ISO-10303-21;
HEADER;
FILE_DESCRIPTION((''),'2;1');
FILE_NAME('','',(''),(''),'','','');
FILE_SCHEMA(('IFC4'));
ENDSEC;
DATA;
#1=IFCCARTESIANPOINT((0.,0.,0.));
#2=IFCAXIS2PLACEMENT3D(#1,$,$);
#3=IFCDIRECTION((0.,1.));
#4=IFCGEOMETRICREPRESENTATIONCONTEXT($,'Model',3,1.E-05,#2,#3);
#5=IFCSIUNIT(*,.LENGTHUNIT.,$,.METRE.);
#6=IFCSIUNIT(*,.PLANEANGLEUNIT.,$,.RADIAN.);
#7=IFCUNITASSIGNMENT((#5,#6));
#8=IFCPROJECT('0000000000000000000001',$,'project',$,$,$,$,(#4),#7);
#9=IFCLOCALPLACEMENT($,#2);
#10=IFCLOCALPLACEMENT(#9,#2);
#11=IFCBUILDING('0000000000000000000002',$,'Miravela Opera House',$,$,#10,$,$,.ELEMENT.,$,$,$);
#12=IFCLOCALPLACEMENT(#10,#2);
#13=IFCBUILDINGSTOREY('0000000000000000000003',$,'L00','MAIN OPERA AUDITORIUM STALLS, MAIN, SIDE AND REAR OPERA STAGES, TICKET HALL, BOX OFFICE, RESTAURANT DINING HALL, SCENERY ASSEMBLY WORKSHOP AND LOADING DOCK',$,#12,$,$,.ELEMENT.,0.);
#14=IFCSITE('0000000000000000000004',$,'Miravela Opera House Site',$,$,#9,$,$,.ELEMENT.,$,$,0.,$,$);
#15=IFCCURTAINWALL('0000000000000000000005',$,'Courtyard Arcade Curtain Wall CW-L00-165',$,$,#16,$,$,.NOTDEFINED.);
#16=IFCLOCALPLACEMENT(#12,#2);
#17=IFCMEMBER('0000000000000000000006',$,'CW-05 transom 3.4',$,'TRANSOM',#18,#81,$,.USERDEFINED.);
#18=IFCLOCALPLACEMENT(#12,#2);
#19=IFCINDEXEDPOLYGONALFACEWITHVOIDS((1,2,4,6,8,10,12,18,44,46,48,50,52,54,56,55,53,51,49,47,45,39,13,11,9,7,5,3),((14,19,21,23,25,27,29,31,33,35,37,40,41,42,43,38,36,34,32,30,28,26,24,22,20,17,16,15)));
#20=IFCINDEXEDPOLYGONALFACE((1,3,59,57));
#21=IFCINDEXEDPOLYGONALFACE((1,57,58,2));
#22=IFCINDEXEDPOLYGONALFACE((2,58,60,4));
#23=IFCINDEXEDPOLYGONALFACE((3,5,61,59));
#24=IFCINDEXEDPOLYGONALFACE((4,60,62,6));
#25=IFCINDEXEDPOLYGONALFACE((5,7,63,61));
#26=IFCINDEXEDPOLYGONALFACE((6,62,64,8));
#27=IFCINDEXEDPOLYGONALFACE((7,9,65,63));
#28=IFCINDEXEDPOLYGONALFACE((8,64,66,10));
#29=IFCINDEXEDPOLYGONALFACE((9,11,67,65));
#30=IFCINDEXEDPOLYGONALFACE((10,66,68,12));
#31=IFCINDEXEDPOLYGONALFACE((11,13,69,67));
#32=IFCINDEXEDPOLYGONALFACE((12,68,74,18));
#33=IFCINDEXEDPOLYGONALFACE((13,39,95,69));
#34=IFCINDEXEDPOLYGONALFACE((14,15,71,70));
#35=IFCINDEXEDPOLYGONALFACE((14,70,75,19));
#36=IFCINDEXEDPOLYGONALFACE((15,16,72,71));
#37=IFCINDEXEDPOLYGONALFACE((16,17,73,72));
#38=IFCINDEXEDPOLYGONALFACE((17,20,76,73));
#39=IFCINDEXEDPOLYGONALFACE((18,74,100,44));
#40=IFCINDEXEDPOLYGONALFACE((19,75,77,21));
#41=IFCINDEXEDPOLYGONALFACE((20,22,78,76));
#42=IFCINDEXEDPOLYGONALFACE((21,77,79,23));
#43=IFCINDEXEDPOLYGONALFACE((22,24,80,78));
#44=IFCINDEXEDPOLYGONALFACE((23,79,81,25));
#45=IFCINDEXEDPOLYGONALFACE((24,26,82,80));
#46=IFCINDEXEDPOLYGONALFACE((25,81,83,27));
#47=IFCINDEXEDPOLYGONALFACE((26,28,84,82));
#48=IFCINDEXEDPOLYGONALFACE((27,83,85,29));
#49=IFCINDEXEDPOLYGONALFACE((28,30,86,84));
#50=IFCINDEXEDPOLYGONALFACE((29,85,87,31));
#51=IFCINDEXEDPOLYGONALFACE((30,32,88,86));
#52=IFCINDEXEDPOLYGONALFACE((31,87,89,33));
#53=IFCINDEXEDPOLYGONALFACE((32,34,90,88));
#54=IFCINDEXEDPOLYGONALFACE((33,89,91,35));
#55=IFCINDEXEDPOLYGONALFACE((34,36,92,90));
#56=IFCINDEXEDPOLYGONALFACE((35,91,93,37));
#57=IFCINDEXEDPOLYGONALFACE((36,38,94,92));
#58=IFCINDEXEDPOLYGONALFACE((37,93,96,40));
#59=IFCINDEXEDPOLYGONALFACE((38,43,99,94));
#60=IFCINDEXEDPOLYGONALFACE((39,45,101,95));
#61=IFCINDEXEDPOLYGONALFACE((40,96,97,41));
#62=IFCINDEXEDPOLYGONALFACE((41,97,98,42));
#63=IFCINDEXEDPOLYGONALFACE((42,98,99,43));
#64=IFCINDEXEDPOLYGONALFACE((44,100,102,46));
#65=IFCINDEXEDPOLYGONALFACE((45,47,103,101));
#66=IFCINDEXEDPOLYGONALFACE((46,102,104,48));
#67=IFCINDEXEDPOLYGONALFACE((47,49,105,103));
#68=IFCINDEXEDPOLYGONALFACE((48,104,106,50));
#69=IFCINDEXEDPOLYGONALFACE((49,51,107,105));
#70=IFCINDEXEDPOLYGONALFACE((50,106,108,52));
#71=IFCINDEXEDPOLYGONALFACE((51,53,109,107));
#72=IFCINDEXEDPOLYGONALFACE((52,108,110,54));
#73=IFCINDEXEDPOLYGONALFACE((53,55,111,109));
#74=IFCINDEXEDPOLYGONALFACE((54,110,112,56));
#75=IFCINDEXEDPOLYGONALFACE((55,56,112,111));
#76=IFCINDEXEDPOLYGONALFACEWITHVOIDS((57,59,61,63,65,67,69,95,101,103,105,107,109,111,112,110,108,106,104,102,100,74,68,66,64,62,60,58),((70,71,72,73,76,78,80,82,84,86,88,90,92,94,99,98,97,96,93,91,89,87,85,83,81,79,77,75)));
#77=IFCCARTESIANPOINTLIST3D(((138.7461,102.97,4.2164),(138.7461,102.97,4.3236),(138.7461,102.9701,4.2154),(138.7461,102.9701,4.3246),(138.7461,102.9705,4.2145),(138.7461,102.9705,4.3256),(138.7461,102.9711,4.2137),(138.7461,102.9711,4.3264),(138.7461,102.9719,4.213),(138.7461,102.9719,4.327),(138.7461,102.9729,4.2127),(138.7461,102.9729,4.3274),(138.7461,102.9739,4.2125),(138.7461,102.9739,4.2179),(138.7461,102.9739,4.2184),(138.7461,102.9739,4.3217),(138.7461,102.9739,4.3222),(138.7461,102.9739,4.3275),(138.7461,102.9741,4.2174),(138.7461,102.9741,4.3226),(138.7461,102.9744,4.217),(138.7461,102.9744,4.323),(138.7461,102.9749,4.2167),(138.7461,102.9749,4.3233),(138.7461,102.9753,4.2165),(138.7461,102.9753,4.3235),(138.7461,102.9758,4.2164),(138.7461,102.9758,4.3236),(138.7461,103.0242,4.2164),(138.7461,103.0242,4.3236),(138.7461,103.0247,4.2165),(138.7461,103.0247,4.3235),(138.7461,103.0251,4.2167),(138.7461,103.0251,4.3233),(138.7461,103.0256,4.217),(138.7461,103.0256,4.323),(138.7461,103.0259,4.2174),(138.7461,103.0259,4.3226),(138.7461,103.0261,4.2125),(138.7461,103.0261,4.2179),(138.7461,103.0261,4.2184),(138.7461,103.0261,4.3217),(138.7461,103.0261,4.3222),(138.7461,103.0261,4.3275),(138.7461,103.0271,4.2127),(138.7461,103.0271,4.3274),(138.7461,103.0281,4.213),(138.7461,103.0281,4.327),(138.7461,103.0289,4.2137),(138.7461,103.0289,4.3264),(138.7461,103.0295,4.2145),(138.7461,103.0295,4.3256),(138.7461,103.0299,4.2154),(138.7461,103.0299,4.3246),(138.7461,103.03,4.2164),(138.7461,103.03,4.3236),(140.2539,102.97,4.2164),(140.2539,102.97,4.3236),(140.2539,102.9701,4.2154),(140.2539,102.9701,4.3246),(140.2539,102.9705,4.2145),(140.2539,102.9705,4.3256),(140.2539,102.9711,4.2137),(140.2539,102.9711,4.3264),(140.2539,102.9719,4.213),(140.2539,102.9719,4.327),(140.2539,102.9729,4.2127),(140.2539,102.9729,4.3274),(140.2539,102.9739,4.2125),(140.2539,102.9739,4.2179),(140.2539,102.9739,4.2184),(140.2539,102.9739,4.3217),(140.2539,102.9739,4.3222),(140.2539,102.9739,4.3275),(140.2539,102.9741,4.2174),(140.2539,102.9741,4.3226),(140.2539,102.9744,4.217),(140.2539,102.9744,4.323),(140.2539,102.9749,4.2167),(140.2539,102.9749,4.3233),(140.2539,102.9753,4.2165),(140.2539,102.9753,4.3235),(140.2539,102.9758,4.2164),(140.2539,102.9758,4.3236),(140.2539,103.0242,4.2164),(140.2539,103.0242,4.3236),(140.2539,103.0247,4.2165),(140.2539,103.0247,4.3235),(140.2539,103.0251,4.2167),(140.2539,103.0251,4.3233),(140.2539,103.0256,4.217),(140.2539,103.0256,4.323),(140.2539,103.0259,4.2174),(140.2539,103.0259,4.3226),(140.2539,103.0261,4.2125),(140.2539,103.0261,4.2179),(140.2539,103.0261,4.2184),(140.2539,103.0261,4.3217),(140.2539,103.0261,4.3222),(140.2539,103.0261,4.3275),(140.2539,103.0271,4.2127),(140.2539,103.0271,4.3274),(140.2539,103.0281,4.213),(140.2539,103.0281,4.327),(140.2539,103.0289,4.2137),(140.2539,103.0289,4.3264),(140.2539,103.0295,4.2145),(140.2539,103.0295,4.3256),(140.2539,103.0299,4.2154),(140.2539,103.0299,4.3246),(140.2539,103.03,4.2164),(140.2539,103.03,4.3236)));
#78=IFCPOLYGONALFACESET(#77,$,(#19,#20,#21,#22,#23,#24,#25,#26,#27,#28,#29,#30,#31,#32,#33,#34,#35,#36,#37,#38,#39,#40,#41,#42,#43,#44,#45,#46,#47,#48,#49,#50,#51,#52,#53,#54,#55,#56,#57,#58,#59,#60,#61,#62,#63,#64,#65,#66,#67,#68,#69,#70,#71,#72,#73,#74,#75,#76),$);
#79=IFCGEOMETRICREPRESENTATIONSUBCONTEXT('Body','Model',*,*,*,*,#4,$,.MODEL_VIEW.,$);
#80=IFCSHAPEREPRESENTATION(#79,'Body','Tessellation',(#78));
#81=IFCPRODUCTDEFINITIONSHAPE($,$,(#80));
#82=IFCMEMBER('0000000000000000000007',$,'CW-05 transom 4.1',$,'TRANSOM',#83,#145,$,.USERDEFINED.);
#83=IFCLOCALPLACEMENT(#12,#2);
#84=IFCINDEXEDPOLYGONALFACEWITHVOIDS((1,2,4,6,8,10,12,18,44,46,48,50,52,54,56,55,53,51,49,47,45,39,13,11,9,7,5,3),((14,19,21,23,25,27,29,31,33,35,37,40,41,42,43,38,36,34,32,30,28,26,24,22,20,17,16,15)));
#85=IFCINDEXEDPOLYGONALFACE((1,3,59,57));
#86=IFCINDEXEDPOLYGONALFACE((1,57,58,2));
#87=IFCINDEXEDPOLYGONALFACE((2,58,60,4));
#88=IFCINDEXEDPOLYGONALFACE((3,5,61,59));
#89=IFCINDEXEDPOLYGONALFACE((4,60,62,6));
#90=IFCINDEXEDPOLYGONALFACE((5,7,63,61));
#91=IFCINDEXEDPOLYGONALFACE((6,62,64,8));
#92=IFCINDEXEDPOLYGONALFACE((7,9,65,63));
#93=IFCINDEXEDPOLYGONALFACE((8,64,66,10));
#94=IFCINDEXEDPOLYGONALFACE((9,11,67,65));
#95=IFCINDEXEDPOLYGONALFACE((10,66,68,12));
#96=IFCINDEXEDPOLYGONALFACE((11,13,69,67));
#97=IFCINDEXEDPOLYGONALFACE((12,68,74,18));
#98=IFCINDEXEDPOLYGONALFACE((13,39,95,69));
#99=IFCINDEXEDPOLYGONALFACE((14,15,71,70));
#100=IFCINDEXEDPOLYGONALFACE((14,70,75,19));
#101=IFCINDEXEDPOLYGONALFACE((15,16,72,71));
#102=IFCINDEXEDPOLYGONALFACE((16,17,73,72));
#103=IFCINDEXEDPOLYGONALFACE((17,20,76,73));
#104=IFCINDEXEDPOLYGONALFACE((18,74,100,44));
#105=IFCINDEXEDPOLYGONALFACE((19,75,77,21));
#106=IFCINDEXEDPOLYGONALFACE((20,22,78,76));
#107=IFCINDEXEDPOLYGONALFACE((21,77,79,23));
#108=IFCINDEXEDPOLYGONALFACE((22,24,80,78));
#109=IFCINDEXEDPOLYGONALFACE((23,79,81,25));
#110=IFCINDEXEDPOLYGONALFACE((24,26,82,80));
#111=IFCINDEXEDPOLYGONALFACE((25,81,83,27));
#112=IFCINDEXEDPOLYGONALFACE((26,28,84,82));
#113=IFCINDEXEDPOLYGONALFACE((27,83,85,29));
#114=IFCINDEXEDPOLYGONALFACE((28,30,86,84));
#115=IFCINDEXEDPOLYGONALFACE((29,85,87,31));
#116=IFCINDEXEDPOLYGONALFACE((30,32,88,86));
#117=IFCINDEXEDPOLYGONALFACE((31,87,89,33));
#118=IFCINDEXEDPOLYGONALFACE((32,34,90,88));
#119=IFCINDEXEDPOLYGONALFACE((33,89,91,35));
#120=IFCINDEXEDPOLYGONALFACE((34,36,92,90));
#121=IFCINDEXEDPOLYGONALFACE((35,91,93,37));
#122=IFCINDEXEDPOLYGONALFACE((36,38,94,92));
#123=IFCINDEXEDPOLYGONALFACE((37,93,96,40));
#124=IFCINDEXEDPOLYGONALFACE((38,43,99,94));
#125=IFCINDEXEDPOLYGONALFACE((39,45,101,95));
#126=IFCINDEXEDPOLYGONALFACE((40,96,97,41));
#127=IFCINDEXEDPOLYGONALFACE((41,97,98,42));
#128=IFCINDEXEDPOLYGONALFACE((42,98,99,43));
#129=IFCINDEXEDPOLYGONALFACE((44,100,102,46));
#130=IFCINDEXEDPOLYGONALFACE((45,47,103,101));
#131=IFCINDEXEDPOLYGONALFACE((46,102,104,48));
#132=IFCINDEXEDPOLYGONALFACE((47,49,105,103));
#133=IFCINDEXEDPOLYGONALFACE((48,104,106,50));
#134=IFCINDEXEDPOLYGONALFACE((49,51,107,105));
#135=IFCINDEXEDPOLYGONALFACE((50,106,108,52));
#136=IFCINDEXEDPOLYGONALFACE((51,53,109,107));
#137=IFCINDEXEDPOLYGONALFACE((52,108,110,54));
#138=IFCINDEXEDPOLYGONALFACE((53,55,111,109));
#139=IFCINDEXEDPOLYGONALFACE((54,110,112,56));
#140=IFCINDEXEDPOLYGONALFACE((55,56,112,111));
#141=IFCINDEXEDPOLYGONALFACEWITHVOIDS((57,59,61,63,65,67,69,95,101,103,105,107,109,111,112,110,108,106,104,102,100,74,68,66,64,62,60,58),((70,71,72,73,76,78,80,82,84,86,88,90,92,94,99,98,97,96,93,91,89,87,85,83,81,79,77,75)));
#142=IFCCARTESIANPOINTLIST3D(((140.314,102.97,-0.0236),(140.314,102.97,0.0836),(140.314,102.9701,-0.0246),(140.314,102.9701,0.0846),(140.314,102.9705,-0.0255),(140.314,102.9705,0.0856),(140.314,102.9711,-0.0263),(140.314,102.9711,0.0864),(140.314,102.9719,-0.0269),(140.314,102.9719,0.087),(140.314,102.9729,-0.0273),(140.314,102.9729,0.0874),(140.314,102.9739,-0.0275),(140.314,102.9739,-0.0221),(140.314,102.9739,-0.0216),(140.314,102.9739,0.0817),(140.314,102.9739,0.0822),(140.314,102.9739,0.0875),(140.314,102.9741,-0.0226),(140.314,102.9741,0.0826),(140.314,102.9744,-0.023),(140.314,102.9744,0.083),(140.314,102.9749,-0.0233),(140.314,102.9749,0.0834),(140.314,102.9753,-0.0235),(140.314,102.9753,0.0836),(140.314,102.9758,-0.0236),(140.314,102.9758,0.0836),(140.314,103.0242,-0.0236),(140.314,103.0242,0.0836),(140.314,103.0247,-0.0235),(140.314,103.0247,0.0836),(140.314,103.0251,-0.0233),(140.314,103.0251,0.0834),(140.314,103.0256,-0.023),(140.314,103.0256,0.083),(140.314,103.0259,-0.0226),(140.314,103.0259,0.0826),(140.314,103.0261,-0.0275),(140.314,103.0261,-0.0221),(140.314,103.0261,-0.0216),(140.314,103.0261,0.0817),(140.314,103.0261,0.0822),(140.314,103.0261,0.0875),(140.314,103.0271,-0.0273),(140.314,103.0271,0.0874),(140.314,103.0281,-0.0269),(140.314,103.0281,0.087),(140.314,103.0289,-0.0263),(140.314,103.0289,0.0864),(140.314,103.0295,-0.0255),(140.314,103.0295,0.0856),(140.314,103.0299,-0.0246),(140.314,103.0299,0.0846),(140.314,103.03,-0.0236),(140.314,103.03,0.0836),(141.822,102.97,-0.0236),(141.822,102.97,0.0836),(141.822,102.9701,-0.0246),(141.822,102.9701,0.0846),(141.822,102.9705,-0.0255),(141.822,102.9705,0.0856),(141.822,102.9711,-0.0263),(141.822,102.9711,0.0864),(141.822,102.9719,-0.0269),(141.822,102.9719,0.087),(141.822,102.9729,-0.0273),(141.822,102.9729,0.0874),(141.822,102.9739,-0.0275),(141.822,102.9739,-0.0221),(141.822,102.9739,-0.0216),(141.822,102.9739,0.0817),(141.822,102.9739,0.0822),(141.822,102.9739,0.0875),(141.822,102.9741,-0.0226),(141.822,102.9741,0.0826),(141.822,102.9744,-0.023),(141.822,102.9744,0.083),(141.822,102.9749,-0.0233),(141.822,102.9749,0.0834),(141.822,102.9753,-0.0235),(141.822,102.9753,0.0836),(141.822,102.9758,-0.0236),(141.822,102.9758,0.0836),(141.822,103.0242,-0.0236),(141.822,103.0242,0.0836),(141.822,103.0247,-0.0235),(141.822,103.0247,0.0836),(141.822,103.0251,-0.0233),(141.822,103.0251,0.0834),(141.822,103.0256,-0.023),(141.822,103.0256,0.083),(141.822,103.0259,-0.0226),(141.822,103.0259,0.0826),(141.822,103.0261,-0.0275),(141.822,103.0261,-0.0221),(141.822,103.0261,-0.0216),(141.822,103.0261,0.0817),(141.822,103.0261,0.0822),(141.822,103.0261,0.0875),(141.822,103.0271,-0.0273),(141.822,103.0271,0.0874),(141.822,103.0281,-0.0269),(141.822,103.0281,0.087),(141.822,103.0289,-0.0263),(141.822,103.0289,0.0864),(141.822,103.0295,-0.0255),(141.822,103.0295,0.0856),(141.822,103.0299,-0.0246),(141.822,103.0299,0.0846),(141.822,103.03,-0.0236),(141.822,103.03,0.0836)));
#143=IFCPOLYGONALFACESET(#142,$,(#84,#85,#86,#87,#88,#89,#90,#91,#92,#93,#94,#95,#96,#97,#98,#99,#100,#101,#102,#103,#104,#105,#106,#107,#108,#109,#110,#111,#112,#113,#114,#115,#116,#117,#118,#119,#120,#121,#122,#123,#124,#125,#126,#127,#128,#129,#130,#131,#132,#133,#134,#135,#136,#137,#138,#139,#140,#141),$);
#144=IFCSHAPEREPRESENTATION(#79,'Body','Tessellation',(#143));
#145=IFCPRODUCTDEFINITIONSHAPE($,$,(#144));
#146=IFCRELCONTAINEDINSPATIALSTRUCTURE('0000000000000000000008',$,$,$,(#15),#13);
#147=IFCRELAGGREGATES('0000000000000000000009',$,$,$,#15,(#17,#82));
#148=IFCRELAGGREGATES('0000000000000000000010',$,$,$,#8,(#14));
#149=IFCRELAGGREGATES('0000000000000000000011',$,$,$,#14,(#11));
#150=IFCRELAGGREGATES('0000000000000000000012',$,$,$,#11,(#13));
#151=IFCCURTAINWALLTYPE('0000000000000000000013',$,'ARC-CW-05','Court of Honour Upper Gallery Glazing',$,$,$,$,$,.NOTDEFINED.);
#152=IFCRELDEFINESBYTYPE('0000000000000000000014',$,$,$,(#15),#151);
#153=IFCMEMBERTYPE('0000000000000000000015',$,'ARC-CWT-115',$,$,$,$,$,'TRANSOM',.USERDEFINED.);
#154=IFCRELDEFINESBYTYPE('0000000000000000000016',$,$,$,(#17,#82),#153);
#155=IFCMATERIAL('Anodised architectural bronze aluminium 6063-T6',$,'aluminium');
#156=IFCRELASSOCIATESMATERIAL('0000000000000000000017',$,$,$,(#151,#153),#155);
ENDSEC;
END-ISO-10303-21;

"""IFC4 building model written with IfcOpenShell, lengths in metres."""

from ifc_helpers import new_model, si_unit, direction, frame, origin, origin_2d, place, context, subcontext, project, spatial, hollow_rectangle, extrude, material, material_profile, profile_set, type_object, element, aggregate, save


model = new_model("IFC4")

# Units and contexts
model_context = context("Model", 3, precision=1e-05, world=origin(), true_north=direction((0.0, 1.0)))
body_context = subcontext(model_context, "Body", "Model", "MODEL_VIEW")
ifc_project = project(units=[si_unit("LENGTHUNIT", "METRE"), si_unit("PLANEANGLEUNIT", "RADIAN")], contexts=[model_context])

# Site, building, storey
site_placement = place(None, origin())
site = spatial("IfcSite", under=ifc_project, at=site_placement, Name="Miravela Opera House Site", CompositionType="ELEMENT", RefElevation=0.0)
building_placement = place(site_placement, origin())
building = spatial("IfcBuilding", under=site, at=building_placement, Name="Miravela Opera House", CompositionType="ELEMENT")
storey_placement = place(building_placement, origin())
storey = spatial("IfcBuildingStorey", under=building, at=storey_placement, Name="L00", Description="MAIN OPERA AUDITORIUM STALLS, MAIN, SIDE AND REAR OPERA STAGES, TICKET HALL, BOX OFFICE, RESTAURANT DINING HALL, SCENERY ASSEMBLY WORKSHOP AND LOADING DOCK", CompositionType="ELEMENT", Elevation=0.0)

# Curtain wall, members
ifc_material_1 = material(Name="Anodised architectural bronze aluminium 6063-T6", Category="aluminium")
curtain_wall_type = type_object("IfcCurtainWallType", Name="ARC-CW-05", Description="Court of Honour Upper Gallery Glazing", PredefinedType="NOTDEFINED", material=ifc_material_1)
curtain_wall_placement = place(storey_placement, origin())
curtain_wall = element("IfcCurtainWall", 1, at=curtain_wall_placement, inside=storey, type_object=curtain_wall_type, Name="Courtyard Arcade Curtain Wall CW-L00-165", PredefinedType="NOTDEFINED")
ifc_material_profile_1 = material_profile(ifc_material_1, hollow_rectangle(XDim=0.0601, YDim=0.115, WallThickness=0.0039, InnerFilletRadius=0.002, OuterFilletRadius=0.0039, at=origin_2d()), Name="CWT-60X115")
ifc_profile_set_1 = profile_set([ifc_material_profile_1])
member_type_1 = type_object("IfcMemberType", Name="ARC-CWT-115", ElementType="TRANSOM", PredefinedType="USERDEFINED", material=ifc_profile_set_1)
member_1_placement = place(storey_placement, frame((138.7461, 103.0, 4.27), z_axis=(1.0, 0.0, 0.0), x_axis=(0.0, 1.0, 0.0)))
member_1 = element("IfcMember", 2, at=member_1_placement, type_object=member_type_1, Name="CW-05 transom 3.4", ObjectType="TRANSOM", PredefinedType="USERDEFINED", context=body_context, shape_type="SweptSolid", body=[
    extrude(hollow_rectangle(XDim=0.0601, YDim=0.115, WallThickness=0.0039, InnerFilletRadius=0.002, OuterFilletRadius=0.0039, at=origin_2d()), origin(), (0.0, 0.0, 1.0), 1.5078),
])
member_2_placement = place(storey_placement, frame((140.314, 103.0, 0.03), z_axis=(1.0, 0.0, 0.0), x_axis=(0.0, 1.0, 0.0)))
member_2 = element("IfcMember", 3, at=member_2_placement, type_object=member_type_1, Name="CW-05 transom 4.1", ObjectType="TRANSOM", PredefinedType="USERDEFINED", context=body_context, shape_type="SweptSolid", body=[
    extrude(hollow_rectangle(XDim=0.0601, YDim=0.115, WallThickness=0.0039, InnerFilletRadius=0.002, OuterFilletRadius=0.0039, at=origin_2d()), origin(), (0.0, 0.0, 1.0), 1.5081),
])

aggregate(curtain_wall, [member_1, member_2])

save(model, "model.ifc")
